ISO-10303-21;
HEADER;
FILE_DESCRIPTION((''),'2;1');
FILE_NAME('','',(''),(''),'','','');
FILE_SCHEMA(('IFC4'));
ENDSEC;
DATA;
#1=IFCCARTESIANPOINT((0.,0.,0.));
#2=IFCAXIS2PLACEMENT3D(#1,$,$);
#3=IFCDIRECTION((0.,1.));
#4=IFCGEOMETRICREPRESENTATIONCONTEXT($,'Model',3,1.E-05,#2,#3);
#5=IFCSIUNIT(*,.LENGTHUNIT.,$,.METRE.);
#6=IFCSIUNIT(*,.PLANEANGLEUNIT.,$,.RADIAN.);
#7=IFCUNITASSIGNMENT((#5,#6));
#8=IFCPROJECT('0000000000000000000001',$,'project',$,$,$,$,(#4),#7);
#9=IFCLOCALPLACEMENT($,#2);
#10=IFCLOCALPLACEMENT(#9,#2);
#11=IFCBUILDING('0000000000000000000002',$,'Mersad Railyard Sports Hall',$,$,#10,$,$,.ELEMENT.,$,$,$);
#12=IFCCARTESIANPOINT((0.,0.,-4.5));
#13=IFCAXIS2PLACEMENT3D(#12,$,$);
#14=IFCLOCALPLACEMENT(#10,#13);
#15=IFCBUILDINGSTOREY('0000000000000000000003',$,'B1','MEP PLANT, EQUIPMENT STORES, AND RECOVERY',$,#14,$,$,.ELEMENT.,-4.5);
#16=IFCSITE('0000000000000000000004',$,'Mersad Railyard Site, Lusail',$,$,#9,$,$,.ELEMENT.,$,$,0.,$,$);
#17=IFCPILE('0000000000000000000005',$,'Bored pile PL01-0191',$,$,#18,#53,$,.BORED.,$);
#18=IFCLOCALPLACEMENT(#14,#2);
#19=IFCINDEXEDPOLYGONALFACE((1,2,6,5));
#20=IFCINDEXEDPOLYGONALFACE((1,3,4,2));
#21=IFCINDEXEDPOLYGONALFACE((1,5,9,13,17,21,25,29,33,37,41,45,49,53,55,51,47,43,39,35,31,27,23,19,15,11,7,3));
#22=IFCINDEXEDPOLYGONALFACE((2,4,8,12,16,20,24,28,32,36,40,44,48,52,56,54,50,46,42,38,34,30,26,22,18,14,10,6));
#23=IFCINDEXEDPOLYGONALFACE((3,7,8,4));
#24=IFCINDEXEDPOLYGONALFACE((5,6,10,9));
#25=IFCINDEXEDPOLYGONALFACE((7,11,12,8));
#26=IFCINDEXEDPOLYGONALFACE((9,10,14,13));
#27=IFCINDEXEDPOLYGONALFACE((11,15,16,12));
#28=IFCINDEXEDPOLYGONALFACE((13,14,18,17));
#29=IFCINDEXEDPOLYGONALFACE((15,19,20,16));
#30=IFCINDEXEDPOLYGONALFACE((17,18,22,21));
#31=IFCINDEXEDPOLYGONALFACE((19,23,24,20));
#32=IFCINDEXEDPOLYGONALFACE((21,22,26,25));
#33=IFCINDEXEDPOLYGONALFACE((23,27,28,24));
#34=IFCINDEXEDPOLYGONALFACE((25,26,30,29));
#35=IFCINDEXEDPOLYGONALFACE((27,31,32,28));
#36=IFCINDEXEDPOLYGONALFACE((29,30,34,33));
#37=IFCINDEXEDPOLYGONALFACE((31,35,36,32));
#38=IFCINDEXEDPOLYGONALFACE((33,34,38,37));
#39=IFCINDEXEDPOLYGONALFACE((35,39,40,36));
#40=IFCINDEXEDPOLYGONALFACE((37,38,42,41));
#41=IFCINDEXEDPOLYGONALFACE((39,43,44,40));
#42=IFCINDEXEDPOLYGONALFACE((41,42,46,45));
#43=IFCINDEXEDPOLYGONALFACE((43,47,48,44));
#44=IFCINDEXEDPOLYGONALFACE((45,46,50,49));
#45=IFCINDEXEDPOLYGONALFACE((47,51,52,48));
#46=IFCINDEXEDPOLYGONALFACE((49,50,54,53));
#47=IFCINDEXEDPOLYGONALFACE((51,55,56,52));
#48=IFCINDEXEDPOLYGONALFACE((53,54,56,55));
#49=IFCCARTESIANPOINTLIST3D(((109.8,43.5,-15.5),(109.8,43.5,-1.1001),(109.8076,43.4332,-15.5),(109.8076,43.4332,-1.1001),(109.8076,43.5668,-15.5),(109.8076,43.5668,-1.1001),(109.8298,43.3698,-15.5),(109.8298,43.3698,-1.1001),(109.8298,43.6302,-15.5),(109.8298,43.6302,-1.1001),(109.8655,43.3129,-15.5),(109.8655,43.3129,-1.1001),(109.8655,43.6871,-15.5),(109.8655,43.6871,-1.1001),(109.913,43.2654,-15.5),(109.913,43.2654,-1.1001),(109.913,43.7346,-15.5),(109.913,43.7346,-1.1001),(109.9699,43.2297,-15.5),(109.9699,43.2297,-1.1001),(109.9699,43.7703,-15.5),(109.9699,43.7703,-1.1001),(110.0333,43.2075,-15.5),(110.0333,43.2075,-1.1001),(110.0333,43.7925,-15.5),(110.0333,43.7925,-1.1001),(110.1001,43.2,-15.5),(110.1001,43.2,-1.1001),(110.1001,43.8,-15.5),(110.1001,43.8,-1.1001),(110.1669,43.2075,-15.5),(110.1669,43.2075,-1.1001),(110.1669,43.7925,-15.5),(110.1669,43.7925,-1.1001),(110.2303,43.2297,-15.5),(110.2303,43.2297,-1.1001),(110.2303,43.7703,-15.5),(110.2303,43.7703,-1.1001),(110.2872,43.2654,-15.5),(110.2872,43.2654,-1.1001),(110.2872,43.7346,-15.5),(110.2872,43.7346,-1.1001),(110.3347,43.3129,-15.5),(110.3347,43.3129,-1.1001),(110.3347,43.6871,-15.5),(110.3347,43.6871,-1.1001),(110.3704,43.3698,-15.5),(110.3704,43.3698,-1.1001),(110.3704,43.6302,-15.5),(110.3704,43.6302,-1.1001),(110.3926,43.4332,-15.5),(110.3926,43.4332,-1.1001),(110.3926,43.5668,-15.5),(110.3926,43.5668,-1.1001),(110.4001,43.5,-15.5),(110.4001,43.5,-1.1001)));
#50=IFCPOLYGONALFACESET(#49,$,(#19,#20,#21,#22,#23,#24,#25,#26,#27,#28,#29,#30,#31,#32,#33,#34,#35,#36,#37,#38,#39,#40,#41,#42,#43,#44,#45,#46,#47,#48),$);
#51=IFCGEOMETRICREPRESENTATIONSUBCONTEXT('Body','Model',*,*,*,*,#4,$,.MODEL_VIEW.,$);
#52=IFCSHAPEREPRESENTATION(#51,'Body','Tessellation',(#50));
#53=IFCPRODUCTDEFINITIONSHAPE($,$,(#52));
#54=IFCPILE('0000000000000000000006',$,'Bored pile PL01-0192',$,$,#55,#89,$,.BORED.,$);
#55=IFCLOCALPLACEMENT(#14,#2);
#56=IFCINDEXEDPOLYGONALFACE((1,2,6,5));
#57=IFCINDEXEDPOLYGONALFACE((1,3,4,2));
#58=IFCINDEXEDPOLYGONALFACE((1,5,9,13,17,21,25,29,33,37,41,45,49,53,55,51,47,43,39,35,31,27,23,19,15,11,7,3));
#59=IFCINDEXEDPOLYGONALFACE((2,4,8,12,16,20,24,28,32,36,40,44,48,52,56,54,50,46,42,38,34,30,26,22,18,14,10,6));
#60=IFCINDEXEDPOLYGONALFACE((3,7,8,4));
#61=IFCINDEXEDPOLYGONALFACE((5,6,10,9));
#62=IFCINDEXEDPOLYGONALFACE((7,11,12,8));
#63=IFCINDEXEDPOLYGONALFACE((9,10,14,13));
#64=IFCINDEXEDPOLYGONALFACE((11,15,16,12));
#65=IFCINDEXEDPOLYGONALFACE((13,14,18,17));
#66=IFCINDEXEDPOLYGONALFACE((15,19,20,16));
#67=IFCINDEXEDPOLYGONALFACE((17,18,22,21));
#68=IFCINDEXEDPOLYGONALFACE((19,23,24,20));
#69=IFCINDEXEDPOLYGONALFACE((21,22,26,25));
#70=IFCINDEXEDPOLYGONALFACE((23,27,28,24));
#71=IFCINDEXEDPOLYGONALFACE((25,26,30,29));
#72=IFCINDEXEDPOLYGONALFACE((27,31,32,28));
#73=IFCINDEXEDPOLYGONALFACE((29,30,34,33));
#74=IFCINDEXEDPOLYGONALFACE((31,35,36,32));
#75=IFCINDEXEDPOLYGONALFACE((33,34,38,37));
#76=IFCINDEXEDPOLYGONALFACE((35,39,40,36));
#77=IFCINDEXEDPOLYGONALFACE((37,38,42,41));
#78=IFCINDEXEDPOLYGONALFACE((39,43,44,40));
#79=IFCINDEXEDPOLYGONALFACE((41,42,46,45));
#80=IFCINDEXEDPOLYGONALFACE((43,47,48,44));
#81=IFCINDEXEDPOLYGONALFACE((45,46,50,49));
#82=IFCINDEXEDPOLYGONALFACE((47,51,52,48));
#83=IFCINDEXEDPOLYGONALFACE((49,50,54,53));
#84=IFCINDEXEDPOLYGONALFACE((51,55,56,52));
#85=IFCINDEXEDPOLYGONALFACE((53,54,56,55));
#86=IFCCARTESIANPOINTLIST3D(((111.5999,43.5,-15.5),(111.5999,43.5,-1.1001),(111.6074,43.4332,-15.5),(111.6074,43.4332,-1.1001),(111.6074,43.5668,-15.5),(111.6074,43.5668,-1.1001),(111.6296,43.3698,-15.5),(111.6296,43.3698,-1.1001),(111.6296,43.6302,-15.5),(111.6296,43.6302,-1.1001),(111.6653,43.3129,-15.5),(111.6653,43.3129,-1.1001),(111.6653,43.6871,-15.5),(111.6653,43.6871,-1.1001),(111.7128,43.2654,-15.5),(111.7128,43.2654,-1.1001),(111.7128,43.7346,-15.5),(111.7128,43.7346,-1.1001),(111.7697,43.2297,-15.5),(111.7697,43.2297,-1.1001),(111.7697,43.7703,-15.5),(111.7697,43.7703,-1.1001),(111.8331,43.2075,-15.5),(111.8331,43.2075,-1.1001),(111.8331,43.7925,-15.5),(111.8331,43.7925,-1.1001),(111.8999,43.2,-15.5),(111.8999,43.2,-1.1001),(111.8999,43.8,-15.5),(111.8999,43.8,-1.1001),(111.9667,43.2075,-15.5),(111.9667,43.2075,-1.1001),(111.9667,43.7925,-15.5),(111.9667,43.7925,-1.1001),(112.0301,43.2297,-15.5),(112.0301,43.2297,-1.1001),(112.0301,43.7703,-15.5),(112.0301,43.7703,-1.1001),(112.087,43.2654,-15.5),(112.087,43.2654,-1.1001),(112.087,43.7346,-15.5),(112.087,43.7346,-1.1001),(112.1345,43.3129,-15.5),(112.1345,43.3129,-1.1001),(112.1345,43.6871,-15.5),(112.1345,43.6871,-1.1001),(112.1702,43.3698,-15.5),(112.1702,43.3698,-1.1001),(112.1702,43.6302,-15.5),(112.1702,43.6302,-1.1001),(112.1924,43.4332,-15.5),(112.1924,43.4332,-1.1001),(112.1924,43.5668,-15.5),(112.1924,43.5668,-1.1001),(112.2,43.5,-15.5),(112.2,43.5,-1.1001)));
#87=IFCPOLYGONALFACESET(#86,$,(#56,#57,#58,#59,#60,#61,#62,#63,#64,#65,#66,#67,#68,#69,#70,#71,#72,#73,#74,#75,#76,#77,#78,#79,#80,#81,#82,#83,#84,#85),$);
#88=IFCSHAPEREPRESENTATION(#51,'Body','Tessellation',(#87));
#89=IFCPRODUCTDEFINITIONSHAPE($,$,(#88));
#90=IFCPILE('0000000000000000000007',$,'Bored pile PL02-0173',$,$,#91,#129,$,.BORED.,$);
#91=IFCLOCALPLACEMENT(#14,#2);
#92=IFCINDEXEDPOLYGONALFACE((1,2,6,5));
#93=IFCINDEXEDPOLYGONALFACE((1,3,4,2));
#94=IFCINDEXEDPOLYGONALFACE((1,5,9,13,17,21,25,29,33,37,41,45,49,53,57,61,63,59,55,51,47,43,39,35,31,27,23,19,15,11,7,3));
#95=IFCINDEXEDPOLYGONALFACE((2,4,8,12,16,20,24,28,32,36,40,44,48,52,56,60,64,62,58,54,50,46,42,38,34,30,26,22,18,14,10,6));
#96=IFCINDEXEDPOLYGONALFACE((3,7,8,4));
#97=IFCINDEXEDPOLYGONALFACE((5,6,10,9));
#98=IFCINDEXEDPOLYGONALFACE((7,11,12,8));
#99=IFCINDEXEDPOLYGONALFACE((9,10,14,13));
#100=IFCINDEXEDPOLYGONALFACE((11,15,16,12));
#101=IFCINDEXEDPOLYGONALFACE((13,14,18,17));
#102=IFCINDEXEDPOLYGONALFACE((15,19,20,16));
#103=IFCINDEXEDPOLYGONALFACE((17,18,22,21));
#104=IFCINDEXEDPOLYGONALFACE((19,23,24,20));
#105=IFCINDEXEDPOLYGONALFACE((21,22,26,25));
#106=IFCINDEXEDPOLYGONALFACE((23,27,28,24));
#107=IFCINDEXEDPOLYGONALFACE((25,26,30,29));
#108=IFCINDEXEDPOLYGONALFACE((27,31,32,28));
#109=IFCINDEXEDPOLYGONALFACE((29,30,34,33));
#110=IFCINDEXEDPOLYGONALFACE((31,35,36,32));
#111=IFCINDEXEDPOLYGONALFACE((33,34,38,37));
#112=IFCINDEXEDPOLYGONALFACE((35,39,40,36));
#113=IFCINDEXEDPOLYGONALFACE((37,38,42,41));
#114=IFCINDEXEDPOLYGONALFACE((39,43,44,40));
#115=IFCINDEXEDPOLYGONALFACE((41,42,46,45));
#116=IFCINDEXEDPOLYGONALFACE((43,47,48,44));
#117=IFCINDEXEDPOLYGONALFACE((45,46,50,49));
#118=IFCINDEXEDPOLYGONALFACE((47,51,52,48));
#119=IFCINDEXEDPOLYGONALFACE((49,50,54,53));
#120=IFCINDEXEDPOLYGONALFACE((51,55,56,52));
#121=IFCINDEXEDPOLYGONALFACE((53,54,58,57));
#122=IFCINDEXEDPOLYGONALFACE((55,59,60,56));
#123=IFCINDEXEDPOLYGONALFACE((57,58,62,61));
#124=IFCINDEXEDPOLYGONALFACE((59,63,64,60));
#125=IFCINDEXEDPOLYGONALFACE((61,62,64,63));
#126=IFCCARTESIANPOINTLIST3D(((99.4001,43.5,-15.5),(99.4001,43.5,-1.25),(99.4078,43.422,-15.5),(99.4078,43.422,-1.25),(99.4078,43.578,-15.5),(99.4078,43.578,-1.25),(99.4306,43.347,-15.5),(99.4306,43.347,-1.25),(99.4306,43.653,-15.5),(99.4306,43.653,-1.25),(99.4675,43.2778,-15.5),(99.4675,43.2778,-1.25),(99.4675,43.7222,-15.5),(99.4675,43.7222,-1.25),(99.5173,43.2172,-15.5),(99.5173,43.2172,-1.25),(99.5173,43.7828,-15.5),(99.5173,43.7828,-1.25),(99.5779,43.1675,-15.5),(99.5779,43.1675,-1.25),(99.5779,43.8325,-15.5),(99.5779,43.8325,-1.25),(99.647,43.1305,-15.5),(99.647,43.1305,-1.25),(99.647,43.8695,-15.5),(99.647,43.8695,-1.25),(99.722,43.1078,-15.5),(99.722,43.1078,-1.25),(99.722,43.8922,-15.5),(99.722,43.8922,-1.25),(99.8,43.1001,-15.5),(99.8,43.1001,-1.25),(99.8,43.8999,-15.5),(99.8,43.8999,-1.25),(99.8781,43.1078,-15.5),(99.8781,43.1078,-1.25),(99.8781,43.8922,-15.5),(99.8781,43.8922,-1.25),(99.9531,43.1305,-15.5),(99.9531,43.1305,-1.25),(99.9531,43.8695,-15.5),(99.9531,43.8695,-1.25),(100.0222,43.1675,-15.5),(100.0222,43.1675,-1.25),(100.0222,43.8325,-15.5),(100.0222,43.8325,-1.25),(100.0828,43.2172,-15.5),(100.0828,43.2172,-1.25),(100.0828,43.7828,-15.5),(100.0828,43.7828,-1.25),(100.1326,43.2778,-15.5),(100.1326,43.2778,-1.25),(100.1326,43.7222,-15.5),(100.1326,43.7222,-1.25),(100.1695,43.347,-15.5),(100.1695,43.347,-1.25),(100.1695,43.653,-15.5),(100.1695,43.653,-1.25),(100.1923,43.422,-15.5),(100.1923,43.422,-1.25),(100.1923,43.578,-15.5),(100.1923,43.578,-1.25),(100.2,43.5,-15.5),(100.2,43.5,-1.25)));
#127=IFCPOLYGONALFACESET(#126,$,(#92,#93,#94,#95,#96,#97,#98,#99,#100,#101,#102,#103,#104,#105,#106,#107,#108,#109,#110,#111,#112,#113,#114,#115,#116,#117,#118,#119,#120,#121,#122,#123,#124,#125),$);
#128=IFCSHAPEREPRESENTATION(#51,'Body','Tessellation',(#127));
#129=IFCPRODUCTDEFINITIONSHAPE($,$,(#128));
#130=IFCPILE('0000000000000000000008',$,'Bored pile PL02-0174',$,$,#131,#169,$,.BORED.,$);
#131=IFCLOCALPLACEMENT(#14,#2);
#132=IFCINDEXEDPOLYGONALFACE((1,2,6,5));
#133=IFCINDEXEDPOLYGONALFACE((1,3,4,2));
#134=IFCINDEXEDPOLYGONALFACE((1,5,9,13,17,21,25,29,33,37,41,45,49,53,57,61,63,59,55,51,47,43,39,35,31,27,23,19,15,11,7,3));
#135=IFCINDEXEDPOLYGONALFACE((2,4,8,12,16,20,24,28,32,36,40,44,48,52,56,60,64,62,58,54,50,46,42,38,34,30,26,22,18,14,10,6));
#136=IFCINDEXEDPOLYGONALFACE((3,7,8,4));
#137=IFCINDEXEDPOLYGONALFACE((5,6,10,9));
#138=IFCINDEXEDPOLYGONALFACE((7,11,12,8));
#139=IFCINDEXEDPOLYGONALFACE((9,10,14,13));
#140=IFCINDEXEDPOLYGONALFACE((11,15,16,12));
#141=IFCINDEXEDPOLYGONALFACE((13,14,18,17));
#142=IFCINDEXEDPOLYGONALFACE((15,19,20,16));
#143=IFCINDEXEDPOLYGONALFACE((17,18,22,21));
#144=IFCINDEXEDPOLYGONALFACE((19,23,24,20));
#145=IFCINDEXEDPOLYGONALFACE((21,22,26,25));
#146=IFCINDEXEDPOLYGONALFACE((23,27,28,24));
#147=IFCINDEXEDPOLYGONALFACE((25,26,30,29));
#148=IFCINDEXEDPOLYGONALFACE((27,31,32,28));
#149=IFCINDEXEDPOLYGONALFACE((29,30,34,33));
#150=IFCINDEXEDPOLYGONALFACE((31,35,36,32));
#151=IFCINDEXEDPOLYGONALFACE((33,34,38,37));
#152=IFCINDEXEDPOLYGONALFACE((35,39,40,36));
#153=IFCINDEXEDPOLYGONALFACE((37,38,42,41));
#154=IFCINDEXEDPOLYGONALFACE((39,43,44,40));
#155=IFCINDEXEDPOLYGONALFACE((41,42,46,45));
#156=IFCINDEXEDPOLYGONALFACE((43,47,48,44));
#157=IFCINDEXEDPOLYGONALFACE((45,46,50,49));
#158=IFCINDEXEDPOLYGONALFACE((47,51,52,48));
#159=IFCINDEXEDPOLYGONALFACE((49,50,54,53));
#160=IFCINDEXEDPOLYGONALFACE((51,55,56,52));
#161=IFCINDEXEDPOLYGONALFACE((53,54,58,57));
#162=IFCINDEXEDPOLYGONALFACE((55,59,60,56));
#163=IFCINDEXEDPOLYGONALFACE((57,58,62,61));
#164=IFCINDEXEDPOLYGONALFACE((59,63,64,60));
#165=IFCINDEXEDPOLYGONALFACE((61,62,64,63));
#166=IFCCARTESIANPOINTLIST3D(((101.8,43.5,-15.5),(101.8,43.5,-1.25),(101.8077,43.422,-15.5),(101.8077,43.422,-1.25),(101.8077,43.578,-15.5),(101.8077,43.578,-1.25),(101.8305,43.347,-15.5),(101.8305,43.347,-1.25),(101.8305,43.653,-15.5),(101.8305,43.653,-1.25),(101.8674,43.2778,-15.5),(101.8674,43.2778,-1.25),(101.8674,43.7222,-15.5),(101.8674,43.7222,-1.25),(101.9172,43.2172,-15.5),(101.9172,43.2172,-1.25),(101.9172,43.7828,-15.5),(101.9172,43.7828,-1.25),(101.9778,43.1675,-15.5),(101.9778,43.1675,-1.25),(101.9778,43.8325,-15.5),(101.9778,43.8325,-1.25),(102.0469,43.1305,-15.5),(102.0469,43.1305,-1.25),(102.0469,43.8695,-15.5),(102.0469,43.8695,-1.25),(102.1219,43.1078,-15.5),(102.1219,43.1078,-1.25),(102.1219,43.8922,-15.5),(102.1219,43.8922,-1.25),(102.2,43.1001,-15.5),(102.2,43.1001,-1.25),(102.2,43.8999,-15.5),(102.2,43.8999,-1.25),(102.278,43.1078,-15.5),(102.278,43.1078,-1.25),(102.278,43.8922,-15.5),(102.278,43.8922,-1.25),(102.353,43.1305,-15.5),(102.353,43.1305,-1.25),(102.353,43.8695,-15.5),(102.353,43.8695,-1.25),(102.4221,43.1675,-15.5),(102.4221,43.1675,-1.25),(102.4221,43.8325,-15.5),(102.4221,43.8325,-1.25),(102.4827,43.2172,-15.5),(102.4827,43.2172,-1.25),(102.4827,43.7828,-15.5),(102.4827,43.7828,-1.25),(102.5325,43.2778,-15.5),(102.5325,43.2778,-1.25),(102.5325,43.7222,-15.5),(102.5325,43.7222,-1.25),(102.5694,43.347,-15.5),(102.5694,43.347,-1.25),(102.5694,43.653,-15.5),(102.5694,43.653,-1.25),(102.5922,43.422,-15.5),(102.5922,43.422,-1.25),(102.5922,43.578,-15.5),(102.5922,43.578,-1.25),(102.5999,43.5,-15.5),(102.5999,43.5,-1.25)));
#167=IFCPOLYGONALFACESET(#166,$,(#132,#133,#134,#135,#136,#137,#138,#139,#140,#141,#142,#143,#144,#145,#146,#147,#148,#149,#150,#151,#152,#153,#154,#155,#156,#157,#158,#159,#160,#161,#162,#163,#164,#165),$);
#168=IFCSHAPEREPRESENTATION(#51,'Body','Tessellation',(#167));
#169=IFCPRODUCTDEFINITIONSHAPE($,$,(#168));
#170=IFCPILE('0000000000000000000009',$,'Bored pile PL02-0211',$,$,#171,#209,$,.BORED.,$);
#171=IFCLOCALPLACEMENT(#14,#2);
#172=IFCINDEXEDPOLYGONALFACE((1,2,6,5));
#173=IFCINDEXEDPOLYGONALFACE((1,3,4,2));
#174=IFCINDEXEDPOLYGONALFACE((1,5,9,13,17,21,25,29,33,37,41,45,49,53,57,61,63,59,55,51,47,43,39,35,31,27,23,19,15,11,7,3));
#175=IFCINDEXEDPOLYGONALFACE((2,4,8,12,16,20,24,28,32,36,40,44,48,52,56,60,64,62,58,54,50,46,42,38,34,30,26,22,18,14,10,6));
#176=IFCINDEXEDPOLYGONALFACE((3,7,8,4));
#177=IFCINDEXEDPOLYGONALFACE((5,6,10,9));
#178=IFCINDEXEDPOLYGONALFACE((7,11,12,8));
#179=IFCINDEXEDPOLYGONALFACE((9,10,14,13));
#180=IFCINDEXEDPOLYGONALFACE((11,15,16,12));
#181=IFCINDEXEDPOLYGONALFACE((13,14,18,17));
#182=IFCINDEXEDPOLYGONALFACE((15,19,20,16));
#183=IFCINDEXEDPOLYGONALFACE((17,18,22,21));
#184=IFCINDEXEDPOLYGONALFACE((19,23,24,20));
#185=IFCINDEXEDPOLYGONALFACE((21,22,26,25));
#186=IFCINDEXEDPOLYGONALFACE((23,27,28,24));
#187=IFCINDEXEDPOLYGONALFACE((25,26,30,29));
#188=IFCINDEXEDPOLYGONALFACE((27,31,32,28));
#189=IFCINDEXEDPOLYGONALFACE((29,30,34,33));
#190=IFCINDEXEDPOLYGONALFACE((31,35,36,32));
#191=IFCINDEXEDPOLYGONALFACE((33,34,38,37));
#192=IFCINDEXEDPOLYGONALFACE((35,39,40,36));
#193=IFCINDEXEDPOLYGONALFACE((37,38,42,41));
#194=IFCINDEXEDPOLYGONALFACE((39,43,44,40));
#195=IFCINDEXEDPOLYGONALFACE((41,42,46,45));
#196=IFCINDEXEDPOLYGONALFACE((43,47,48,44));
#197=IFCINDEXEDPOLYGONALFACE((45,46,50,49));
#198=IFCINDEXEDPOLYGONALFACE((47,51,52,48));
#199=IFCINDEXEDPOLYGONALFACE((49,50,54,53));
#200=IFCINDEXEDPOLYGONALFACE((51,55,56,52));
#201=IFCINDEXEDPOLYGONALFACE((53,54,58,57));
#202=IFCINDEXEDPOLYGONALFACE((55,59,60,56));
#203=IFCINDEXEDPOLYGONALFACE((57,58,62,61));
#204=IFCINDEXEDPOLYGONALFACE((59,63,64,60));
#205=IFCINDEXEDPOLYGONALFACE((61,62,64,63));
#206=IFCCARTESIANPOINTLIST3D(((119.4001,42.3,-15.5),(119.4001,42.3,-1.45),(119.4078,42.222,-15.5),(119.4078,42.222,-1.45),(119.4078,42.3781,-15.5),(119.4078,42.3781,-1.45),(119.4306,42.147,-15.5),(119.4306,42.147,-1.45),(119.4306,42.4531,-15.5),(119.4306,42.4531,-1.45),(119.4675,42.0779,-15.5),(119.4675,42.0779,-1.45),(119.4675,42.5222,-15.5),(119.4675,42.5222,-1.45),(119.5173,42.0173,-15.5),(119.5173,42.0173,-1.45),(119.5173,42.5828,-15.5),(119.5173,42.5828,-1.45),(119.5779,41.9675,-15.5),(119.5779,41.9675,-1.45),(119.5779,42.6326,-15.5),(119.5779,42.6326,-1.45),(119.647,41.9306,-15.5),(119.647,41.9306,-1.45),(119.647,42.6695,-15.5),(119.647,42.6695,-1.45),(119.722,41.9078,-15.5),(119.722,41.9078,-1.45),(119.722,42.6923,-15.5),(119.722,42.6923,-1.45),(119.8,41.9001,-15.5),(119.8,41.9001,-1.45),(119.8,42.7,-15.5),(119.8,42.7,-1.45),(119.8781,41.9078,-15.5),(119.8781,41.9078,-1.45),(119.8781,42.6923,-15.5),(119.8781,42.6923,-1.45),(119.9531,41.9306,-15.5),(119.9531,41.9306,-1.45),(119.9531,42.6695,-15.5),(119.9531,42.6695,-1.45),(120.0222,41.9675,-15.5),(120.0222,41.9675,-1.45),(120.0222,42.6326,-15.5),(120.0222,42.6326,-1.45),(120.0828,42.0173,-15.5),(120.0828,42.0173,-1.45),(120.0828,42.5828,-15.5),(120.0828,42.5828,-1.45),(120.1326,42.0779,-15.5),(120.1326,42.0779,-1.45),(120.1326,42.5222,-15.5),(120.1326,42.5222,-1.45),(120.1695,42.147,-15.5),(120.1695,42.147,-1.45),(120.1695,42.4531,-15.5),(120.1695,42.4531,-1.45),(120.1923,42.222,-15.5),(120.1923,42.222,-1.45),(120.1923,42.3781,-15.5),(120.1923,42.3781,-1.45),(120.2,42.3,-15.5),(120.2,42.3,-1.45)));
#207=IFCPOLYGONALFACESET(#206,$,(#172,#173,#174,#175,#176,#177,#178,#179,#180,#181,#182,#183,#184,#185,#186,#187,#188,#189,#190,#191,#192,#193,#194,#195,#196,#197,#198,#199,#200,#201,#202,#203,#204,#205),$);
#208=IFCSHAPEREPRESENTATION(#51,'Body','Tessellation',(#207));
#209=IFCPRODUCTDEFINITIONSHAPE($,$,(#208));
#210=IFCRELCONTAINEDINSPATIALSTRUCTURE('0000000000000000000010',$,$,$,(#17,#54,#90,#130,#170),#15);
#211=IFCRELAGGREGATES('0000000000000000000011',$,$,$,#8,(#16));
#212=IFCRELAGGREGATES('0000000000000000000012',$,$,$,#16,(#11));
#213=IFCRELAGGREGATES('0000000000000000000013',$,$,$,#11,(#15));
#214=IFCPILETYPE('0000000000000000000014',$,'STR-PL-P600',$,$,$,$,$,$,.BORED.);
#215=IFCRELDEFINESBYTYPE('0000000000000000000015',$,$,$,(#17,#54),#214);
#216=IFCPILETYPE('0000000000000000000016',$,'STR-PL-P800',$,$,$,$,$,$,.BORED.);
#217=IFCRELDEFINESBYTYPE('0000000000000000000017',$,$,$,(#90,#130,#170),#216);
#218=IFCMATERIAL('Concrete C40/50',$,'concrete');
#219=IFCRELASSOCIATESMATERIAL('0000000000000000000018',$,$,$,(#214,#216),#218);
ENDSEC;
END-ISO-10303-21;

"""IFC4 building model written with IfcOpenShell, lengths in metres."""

from ifc_helpers import new_model, si_unit, direction, frame, origin, origin_2d, place, context, subcontext, project, spatial, circle, extrude, material, material_profile, profile_set, type_object, element, save


model = new_model("IFC4")

# Units and contexts
model_context = context("Model", 3, precision=1e-05, world=origin(), true_north=direction((0.0, 1.0)))
body_context = subcontext(model_context, "Body", "Model", "MODEL_VIEW")
ifc_project = project(units=[si_unit("LENGTHUNIT", "METRE"), si_unit("PLANEANGLEUNIT", "RADIAN")], contexts=[model_context])

# Site, building, storey
site_placement = place(None, origin())
site = spatial("IfcSite", under=ifc_project, at=site_placement, Name="Mersad Railyard Site, Lusail", CompositionType="ELEMENT", RefElevation=0.0)
building_placement = place(site_placement, origin())
building = spatial("IfcBuilding", under=site, at=building_placement, Name="Mersad Railyard Sports Hall", CompositionType="ELEMENT")
storey_placement = place(building_placement, frame((0.0, 0.0, -4.5)))
storey = spatial("IfcBuildingStorey", under=building, at=storey_placement, Name="B1", Description="MEP PLANT, EQUIPMENT STORES, AND RECOVERY", CompositionType="ELEMENT", Elevation=-4.5)

# Shared definitions
ifc_material_1 = material(Name="Concrete C40/50", Category="concrete")

# Piles
ifc_material_profile_1 = material_profile(ifc_material_1, circle(Radius=0.3, at=origin_2d()), Name="BORED PILE D600")
ifc_profile_set_1 = profile_set([ifc_material_profile_1], Name="Concrete C40/50")
pile_type_1 = type_object("IfcPileType", Name="STR-PL-P600", PredefinedType="BORED", material=ifc_profile_set_1)
for number, where, z_axis, x_axis, name in (
    (1, (110.1001, 43.5, -1.1001), (0.0, 0.0, -1.0), (1.0, 0.0, 0.0), "Bored pile PL01-0191"),
    (2, (111.8999, 43.5, -1.1001), (0.0, 0.0, -1.0), (1.0, 0.0, 0.0), "Bored pile PL01-0192"),
):
    element("IfcPile", number, at=place(storey_placement, frame(where, z_axis=z_axis, x_axis=x_axis)), inside=storey, type_object=pile_type_1, Name=name, PredefinedType="BORED", context=body_context, shape_type="SweptSolid", body=[
        extrude(circle(Radius=0.3, at=origin_2d()), origin(), (0.0, 0.0, 1.0), 14.3999),
    ])
ifc_material_profile_2 = material_profile(ifc_material_1, circle(Radius=0.3999, at=origin_2d()), Name="BORED PILE D800")
ifc_profile_set_2 = profile_set([ifc_material_profile_2], Name="Concrete C40/50")
pile_type_2 = type_object("IfcPileType", Name="STR-PL-P800", PredefinedType="BORED", material=ifc_profile_set_2)
for number, where, z_axis, x_axis, name in (
    (3, (99.8, 43.5, -1.25), (0.0, 0.0, -1.0), (1.0, 0.0, 0.0), "Bored pile PL02-0173"),
    (4, (102.2, 43.5, -1.25), (0.0, 0.0, -1.0), (1.0, 0.0, 0.0), "Bored pile PL02-0174"),
):
    element("IfcPile", number, at=place(storey_placement, frame(where, z_axis=z_axis, x_axis=x_axis)), inside=storey, type_object=pile_type_2, Name=name, PredefinedType="BORED", context=body_context, shape_type="SweptSolid", body=[
        extrude(circle(Radius=0.3999, at=origin_2d()), origin(), (0.0, 0.0, 1.0), 14.25),
    ])
for number, where, z_axis, x_axis, name in (
    (5, (119.8, 42.3, -1.45), (0.0, 0.0, -1.0), (1.0, 0.0, 0.0), "Bored pile PL02-0211"),
):
    element("IfcPile", number, at=place(storey_placement, frame(where, z_axis=z_axis, x_axis=x_axis)), inside=storey, type_object=pile_type_2, Name=name, PredefinedType="BORED", context=body_context, shape_type="SweptSolid", body=[
        extrude(circle(Radius=0.3999, at=origin_2d()), origin(), (0.0, 0.0, 1.0), 14.05),
    ])

save(model, "model.ifc")
